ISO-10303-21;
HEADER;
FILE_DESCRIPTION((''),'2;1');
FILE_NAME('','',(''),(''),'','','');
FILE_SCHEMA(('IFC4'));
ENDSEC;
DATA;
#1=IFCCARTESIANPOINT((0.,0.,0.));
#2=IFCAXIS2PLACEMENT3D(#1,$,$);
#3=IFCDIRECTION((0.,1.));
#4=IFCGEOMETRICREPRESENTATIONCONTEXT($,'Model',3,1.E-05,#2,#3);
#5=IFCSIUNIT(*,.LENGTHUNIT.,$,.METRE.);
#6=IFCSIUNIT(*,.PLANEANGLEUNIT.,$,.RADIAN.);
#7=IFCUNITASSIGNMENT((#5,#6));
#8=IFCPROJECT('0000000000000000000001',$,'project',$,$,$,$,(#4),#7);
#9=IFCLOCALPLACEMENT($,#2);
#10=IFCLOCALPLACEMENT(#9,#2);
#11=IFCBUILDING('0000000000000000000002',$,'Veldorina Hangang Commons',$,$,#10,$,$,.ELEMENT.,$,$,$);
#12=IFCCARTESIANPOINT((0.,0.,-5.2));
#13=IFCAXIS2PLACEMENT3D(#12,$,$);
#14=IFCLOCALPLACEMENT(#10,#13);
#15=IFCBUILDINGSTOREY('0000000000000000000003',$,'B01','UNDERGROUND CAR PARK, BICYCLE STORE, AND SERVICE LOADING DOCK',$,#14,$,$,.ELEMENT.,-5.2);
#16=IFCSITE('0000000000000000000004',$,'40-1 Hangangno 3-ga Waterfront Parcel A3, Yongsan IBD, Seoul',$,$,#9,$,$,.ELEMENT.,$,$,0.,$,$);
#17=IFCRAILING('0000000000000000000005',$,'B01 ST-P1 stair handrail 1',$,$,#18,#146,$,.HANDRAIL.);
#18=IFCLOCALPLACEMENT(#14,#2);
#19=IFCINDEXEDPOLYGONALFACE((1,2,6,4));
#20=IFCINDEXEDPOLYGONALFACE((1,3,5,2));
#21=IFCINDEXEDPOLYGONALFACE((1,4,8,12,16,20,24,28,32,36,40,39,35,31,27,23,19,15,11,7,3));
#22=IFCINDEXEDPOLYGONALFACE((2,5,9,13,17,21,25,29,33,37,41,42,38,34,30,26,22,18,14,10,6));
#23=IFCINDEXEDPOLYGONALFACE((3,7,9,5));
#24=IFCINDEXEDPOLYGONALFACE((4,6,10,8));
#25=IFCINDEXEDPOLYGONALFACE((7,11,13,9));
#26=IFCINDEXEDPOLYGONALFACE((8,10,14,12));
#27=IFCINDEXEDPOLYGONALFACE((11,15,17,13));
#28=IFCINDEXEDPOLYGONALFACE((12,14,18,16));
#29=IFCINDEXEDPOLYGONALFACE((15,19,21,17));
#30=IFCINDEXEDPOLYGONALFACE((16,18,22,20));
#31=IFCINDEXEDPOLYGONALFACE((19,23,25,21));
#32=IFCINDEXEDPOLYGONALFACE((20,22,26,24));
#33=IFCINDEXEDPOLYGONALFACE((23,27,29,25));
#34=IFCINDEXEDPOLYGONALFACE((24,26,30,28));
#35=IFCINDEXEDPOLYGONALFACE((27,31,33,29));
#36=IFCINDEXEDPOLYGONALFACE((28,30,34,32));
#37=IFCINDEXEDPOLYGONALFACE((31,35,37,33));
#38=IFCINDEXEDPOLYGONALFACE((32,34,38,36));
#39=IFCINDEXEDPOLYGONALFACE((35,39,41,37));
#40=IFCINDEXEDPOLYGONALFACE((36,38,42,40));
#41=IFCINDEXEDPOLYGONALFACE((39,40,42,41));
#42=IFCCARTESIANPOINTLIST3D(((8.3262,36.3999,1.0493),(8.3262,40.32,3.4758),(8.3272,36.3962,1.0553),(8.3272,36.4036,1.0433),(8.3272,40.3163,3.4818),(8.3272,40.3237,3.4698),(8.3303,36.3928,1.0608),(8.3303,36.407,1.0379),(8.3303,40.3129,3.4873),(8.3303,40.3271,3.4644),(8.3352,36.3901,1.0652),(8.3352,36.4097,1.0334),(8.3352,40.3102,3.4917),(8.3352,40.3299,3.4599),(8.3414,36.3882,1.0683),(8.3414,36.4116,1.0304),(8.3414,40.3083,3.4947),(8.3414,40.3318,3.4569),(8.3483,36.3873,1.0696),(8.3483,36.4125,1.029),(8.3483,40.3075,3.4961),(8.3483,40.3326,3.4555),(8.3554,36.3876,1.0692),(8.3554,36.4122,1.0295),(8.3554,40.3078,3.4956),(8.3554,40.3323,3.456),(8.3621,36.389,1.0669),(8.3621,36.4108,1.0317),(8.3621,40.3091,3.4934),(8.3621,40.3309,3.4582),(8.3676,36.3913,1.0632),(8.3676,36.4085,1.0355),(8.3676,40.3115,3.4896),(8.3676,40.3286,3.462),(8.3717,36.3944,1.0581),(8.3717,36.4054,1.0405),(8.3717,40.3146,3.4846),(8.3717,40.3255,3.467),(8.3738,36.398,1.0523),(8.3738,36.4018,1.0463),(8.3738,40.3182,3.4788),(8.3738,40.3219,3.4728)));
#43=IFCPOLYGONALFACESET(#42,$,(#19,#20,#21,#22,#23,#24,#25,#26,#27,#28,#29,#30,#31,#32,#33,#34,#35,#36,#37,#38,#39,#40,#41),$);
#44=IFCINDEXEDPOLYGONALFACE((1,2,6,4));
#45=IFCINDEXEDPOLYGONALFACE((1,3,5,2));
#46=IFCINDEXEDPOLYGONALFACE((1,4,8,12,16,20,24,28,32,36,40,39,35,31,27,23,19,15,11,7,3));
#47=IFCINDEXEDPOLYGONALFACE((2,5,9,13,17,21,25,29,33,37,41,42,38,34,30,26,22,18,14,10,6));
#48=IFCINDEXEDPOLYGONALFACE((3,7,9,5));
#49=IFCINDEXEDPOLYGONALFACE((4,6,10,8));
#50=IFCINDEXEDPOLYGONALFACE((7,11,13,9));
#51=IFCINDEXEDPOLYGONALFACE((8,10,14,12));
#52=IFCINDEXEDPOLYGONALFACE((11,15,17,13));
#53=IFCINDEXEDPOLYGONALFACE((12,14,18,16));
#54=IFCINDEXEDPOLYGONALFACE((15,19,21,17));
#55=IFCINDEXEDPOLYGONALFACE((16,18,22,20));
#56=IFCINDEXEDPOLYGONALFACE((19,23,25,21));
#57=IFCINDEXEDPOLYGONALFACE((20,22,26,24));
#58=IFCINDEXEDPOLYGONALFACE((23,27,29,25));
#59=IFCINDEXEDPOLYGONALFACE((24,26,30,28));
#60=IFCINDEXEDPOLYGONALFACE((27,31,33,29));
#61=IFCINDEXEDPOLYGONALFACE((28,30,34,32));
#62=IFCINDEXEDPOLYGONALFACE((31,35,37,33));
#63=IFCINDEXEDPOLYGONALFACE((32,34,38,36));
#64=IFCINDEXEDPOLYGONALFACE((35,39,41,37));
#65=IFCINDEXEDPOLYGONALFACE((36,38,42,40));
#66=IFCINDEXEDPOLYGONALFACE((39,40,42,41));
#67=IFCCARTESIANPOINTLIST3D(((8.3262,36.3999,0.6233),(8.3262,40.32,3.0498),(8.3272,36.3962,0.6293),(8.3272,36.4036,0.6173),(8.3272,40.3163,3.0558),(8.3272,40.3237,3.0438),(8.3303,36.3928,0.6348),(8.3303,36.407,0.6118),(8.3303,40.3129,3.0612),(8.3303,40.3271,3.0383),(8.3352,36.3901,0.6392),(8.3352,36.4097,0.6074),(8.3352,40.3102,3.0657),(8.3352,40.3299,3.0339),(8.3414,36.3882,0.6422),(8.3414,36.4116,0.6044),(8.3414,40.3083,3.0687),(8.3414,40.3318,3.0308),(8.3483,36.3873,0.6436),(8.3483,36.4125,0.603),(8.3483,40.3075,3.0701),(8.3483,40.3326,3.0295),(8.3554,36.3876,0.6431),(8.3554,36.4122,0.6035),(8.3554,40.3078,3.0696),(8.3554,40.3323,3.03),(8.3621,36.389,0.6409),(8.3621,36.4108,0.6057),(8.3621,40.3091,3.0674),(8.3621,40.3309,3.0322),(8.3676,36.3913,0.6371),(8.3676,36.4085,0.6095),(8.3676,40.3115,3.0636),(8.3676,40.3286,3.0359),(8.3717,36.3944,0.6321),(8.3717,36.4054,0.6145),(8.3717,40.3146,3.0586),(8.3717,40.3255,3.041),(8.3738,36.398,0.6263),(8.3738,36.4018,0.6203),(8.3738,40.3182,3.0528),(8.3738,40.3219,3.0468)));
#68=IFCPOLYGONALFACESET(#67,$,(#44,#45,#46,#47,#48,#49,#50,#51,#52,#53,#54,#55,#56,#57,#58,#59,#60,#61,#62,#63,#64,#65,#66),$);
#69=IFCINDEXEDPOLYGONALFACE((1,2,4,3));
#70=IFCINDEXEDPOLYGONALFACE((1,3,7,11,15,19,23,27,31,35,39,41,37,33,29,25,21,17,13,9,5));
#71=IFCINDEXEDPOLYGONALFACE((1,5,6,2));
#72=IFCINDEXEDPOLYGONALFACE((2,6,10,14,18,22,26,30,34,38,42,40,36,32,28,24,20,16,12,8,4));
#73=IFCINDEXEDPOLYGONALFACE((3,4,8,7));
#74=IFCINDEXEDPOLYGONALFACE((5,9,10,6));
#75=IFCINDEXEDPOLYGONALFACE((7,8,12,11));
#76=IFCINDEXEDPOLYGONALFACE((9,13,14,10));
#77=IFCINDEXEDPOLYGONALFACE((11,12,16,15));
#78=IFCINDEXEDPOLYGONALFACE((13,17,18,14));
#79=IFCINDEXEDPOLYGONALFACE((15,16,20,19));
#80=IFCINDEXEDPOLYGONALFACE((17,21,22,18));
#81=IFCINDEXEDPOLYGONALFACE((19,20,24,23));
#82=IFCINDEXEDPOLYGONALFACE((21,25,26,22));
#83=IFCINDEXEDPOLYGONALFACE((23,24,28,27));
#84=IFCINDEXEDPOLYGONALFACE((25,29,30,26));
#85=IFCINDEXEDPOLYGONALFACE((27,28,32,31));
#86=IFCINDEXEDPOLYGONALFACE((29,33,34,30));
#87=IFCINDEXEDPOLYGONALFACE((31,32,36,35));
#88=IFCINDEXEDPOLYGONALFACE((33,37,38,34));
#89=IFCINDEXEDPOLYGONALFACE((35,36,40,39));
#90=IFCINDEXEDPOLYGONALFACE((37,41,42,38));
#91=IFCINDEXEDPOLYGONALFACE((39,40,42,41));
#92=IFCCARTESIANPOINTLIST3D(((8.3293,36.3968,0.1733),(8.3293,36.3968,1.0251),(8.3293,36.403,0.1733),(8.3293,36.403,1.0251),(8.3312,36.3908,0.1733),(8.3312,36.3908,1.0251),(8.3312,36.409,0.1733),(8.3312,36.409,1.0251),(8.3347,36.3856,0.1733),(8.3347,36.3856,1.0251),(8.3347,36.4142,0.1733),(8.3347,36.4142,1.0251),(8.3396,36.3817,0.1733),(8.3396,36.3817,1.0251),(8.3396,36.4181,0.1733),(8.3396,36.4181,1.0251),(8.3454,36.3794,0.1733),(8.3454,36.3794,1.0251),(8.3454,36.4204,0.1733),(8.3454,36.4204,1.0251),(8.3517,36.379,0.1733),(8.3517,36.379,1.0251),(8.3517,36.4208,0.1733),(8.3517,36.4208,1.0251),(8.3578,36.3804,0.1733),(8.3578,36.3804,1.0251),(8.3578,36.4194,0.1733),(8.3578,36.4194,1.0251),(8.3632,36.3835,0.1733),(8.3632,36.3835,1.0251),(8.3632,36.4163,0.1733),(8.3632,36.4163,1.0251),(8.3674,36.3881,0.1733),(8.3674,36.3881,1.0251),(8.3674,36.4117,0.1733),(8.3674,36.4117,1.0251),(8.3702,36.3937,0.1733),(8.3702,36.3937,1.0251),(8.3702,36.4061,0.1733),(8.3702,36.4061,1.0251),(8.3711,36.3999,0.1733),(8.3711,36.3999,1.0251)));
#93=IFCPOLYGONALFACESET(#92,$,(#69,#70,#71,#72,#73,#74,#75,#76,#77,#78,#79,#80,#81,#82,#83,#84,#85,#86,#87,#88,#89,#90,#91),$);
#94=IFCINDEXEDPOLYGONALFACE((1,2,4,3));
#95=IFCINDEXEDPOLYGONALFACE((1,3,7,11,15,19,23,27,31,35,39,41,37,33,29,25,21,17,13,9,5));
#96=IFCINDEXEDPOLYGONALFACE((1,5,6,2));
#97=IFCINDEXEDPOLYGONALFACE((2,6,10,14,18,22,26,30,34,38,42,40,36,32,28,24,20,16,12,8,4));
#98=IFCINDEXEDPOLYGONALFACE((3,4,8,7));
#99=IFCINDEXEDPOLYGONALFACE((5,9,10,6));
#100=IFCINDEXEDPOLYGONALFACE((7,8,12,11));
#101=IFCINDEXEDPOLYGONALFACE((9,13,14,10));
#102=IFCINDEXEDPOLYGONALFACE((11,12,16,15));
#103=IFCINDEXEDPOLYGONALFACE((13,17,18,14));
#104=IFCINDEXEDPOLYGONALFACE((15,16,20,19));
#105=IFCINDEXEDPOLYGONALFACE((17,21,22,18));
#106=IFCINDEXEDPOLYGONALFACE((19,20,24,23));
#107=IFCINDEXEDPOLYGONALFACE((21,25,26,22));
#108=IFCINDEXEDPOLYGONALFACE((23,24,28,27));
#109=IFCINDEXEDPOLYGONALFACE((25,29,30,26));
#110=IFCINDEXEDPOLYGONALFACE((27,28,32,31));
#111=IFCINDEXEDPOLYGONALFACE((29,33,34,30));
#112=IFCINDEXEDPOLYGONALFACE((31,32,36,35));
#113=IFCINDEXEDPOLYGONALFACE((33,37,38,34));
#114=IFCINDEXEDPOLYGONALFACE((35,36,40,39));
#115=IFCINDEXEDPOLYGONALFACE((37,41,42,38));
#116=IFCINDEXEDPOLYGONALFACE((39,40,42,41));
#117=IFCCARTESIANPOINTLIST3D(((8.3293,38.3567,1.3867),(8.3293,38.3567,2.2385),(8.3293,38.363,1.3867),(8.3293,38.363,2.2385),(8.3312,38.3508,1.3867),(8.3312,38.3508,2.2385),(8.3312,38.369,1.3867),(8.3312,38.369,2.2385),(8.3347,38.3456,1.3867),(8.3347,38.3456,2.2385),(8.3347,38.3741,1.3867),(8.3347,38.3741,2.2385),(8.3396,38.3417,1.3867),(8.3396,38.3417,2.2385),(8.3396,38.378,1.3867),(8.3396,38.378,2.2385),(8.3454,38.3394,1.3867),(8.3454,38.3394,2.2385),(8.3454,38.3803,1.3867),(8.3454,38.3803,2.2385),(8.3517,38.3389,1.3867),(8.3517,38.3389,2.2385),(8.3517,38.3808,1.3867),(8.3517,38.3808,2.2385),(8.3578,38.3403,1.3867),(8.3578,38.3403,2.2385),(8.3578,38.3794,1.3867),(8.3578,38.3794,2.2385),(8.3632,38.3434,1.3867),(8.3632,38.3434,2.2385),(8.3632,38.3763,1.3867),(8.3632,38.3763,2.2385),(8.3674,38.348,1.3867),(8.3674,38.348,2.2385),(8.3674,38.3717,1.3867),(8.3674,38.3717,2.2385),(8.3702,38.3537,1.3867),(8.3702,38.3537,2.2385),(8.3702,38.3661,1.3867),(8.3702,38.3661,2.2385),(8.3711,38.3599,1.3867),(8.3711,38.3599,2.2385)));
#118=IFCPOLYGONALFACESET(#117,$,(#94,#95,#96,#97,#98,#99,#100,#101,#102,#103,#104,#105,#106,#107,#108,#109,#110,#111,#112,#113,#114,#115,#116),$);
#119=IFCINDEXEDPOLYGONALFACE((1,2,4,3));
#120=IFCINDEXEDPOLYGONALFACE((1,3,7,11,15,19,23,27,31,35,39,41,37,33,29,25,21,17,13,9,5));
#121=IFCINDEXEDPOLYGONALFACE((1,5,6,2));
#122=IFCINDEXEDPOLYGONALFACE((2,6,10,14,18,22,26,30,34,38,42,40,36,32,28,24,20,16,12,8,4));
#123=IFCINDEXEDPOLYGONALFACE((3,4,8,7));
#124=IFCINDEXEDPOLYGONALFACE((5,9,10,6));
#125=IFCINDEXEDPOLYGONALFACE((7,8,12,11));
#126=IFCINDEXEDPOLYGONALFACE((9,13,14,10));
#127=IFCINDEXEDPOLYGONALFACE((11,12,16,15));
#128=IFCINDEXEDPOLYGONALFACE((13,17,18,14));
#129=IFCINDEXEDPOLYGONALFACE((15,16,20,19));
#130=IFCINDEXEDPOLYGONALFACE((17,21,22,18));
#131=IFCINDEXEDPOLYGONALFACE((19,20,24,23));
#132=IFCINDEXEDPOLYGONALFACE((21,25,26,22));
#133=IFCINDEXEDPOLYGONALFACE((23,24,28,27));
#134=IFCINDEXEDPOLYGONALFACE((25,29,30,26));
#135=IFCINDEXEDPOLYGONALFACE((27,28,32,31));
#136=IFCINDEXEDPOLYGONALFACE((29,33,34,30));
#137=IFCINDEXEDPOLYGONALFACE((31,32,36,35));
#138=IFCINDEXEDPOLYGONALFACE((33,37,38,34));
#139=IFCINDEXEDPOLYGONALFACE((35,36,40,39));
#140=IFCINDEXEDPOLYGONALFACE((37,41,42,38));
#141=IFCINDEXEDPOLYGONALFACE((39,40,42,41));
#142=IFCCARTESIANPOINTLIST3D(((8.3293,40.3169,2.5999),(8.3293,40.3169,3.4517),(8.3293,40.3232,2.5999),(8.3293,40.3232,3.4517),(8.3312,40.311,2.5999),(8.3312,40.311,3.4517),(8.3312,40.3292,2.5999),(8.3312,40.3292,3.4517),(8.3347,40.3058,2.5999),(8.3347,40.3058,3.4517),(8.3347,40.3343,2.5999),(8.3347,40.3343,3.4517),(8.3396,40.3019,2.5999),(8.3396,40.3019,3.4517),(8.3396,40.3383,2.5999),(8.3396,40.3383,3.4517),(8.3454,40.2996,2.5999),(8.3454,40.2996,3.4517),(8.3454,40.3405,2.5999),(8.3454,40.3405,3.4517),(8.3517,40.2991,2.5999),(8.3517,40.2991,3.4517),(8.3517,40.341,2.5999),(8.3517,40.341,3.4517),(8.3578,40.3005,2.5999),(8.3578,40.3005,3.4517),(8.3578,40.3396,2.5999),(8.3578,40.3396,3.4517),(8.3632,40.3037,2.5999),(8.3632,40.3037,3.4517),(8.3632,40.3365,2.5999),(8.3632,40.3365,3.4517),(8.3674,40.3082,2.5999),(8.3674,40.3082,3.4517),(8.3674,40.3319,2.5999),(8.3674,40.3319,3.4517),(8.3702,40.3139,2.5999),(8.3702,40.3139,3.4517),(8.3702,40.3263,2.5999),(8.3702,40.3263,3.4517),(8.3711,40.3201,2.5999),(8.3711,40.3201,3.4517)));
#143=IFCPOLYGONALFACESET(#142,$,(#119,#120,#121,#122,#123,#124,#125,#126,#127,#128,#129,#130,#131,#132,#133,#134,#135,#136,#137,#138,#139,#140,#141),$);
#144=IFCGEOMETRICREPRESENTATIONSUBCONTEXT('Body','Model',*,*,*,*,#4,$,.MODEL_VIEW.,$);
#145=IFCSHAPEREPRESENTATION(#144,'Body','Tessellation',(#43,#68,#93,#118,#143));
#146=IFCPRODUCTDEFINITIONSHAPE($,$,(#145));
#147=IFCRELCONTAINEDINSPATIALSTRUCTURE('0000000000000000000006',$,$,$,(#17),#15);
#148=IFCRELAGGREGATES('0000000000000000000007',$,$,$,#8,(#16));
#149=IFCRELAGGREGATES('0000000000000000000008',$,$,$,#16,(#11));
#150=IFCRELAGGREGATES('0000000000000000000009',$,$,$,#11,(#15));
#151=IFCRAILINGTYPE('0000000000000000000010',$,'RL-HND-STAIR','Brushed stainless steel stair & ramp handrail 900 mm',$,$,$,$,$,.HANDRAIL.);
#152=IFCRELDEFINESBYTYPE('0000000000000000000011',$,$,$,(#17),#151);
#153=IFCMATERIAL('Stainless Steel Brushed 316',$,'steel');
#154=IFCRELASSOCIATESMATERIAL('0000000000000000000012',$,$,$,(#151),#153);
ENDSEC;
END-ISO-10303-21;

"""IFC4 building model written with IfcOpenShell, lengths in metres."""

from ifc_helpers import new_model, si_unit, direction, frame, origin, origin_2d, place, context, subcontext, project, spatial, circle, extrude, material, type_object, element, save


model = new_model("IFC4")

# Units and contexts
model_context = context("Model", 3, precision=1e-05, world=origin(), true_north=direction((0.0, 1.0)))
body_context = subcontext(model_context, "Body", "Model", "MODEL_VIEW")
ifc_project = project(units=[si_unit("LENGTHUNIT", "METRE"), si_unit("PLANEANGLEUNIT", "RADIAN")], contexts=[model_context])

# Site, building, storey
site_placement = place(None, origin())
site = spatial("IfcSite", under=ifc_project, at=site_placement, Name="40-1 Hangangno 3-ga Waterfront Parcel A3, Yongsan IBD, Seoul", CompositionType="ELEMENT", RefElevation=0.0)
building_placement = place(site_placement, origin())
building = spatial("IfcBuilding", under=site, at=building_placement, Name="Veldorina Hangang Commons", CompositionType="ELEMENT")
storey_placement = place(building_placement, frame((0.0, 0.0, -5.2)))
storey = spatial("IfcBuildingStorey", under=building, at=storey_placement, Name="B01", Description="UNDERGROUND CAR PARK, BICYCLE STORE, AND SERVICE LOADING DOCK", CompositionType="ELEMENT", Elevation=-5.2)

# Railing
ifc_material_1 = material(Name="Stainless Steel Brushed 316", Category="steel")
railing_type_1 = type_object("IfcRailingType", Name="RL-HND-STAIR", Description="Brushed stainless steel stair & ramp handrail 900 mm", PredefinedType="HANDRAIL", material=ifc_material_1)
railing_1_placement = place(storey_placement, frame((8.3501, 36.3999, 0.1733)))
element("IfcRailing", 1, at=railing_1_placement, inside=storey, type_object=railing_type_1, Name="B01 ST-P1 stair handrail 1", PredefinedType="HANDRAIL", context=body_context, shape_type="SweptSolid", body=[
    extrude(circle(Radius=0.0239, at=origin_2d()), frame((0.0, 0.0, 0.876), z_axis=(0.0, 0.85029, 0.526315), x_axis=(-1.0, 0.0, 0.0)), (0.0, 0.0, 1.0), 4.6104),
    extrude(circle(Radius=0.0239, at=origin_2d()), frame((0.0, 0.0, 0.45), z_axis=(0.0, 0.85029, 0.526315), x_axis=(-1.0, 0.0, 0.0)), (0.0, 0.0, 1.0), 4.6104),
    extrude(circle(Radius=0.021, at=origin_2d()), origin(), (0.0, 0.0, 1.0), 0.8518),
    extrude(circle(Radius=0.021, at=origin_2d()), frame((0.0, 1.96, 1.2134)), (0.0, 0.0, 1.0), 0.8518),
    extrude(circle(Radius=0.021, at=origin_2d()), frame((0.0, 3.9202, 2.4265)), (0.0, 0.0, 1.0), 0.8518),
])

save(model, "model.ifc")
